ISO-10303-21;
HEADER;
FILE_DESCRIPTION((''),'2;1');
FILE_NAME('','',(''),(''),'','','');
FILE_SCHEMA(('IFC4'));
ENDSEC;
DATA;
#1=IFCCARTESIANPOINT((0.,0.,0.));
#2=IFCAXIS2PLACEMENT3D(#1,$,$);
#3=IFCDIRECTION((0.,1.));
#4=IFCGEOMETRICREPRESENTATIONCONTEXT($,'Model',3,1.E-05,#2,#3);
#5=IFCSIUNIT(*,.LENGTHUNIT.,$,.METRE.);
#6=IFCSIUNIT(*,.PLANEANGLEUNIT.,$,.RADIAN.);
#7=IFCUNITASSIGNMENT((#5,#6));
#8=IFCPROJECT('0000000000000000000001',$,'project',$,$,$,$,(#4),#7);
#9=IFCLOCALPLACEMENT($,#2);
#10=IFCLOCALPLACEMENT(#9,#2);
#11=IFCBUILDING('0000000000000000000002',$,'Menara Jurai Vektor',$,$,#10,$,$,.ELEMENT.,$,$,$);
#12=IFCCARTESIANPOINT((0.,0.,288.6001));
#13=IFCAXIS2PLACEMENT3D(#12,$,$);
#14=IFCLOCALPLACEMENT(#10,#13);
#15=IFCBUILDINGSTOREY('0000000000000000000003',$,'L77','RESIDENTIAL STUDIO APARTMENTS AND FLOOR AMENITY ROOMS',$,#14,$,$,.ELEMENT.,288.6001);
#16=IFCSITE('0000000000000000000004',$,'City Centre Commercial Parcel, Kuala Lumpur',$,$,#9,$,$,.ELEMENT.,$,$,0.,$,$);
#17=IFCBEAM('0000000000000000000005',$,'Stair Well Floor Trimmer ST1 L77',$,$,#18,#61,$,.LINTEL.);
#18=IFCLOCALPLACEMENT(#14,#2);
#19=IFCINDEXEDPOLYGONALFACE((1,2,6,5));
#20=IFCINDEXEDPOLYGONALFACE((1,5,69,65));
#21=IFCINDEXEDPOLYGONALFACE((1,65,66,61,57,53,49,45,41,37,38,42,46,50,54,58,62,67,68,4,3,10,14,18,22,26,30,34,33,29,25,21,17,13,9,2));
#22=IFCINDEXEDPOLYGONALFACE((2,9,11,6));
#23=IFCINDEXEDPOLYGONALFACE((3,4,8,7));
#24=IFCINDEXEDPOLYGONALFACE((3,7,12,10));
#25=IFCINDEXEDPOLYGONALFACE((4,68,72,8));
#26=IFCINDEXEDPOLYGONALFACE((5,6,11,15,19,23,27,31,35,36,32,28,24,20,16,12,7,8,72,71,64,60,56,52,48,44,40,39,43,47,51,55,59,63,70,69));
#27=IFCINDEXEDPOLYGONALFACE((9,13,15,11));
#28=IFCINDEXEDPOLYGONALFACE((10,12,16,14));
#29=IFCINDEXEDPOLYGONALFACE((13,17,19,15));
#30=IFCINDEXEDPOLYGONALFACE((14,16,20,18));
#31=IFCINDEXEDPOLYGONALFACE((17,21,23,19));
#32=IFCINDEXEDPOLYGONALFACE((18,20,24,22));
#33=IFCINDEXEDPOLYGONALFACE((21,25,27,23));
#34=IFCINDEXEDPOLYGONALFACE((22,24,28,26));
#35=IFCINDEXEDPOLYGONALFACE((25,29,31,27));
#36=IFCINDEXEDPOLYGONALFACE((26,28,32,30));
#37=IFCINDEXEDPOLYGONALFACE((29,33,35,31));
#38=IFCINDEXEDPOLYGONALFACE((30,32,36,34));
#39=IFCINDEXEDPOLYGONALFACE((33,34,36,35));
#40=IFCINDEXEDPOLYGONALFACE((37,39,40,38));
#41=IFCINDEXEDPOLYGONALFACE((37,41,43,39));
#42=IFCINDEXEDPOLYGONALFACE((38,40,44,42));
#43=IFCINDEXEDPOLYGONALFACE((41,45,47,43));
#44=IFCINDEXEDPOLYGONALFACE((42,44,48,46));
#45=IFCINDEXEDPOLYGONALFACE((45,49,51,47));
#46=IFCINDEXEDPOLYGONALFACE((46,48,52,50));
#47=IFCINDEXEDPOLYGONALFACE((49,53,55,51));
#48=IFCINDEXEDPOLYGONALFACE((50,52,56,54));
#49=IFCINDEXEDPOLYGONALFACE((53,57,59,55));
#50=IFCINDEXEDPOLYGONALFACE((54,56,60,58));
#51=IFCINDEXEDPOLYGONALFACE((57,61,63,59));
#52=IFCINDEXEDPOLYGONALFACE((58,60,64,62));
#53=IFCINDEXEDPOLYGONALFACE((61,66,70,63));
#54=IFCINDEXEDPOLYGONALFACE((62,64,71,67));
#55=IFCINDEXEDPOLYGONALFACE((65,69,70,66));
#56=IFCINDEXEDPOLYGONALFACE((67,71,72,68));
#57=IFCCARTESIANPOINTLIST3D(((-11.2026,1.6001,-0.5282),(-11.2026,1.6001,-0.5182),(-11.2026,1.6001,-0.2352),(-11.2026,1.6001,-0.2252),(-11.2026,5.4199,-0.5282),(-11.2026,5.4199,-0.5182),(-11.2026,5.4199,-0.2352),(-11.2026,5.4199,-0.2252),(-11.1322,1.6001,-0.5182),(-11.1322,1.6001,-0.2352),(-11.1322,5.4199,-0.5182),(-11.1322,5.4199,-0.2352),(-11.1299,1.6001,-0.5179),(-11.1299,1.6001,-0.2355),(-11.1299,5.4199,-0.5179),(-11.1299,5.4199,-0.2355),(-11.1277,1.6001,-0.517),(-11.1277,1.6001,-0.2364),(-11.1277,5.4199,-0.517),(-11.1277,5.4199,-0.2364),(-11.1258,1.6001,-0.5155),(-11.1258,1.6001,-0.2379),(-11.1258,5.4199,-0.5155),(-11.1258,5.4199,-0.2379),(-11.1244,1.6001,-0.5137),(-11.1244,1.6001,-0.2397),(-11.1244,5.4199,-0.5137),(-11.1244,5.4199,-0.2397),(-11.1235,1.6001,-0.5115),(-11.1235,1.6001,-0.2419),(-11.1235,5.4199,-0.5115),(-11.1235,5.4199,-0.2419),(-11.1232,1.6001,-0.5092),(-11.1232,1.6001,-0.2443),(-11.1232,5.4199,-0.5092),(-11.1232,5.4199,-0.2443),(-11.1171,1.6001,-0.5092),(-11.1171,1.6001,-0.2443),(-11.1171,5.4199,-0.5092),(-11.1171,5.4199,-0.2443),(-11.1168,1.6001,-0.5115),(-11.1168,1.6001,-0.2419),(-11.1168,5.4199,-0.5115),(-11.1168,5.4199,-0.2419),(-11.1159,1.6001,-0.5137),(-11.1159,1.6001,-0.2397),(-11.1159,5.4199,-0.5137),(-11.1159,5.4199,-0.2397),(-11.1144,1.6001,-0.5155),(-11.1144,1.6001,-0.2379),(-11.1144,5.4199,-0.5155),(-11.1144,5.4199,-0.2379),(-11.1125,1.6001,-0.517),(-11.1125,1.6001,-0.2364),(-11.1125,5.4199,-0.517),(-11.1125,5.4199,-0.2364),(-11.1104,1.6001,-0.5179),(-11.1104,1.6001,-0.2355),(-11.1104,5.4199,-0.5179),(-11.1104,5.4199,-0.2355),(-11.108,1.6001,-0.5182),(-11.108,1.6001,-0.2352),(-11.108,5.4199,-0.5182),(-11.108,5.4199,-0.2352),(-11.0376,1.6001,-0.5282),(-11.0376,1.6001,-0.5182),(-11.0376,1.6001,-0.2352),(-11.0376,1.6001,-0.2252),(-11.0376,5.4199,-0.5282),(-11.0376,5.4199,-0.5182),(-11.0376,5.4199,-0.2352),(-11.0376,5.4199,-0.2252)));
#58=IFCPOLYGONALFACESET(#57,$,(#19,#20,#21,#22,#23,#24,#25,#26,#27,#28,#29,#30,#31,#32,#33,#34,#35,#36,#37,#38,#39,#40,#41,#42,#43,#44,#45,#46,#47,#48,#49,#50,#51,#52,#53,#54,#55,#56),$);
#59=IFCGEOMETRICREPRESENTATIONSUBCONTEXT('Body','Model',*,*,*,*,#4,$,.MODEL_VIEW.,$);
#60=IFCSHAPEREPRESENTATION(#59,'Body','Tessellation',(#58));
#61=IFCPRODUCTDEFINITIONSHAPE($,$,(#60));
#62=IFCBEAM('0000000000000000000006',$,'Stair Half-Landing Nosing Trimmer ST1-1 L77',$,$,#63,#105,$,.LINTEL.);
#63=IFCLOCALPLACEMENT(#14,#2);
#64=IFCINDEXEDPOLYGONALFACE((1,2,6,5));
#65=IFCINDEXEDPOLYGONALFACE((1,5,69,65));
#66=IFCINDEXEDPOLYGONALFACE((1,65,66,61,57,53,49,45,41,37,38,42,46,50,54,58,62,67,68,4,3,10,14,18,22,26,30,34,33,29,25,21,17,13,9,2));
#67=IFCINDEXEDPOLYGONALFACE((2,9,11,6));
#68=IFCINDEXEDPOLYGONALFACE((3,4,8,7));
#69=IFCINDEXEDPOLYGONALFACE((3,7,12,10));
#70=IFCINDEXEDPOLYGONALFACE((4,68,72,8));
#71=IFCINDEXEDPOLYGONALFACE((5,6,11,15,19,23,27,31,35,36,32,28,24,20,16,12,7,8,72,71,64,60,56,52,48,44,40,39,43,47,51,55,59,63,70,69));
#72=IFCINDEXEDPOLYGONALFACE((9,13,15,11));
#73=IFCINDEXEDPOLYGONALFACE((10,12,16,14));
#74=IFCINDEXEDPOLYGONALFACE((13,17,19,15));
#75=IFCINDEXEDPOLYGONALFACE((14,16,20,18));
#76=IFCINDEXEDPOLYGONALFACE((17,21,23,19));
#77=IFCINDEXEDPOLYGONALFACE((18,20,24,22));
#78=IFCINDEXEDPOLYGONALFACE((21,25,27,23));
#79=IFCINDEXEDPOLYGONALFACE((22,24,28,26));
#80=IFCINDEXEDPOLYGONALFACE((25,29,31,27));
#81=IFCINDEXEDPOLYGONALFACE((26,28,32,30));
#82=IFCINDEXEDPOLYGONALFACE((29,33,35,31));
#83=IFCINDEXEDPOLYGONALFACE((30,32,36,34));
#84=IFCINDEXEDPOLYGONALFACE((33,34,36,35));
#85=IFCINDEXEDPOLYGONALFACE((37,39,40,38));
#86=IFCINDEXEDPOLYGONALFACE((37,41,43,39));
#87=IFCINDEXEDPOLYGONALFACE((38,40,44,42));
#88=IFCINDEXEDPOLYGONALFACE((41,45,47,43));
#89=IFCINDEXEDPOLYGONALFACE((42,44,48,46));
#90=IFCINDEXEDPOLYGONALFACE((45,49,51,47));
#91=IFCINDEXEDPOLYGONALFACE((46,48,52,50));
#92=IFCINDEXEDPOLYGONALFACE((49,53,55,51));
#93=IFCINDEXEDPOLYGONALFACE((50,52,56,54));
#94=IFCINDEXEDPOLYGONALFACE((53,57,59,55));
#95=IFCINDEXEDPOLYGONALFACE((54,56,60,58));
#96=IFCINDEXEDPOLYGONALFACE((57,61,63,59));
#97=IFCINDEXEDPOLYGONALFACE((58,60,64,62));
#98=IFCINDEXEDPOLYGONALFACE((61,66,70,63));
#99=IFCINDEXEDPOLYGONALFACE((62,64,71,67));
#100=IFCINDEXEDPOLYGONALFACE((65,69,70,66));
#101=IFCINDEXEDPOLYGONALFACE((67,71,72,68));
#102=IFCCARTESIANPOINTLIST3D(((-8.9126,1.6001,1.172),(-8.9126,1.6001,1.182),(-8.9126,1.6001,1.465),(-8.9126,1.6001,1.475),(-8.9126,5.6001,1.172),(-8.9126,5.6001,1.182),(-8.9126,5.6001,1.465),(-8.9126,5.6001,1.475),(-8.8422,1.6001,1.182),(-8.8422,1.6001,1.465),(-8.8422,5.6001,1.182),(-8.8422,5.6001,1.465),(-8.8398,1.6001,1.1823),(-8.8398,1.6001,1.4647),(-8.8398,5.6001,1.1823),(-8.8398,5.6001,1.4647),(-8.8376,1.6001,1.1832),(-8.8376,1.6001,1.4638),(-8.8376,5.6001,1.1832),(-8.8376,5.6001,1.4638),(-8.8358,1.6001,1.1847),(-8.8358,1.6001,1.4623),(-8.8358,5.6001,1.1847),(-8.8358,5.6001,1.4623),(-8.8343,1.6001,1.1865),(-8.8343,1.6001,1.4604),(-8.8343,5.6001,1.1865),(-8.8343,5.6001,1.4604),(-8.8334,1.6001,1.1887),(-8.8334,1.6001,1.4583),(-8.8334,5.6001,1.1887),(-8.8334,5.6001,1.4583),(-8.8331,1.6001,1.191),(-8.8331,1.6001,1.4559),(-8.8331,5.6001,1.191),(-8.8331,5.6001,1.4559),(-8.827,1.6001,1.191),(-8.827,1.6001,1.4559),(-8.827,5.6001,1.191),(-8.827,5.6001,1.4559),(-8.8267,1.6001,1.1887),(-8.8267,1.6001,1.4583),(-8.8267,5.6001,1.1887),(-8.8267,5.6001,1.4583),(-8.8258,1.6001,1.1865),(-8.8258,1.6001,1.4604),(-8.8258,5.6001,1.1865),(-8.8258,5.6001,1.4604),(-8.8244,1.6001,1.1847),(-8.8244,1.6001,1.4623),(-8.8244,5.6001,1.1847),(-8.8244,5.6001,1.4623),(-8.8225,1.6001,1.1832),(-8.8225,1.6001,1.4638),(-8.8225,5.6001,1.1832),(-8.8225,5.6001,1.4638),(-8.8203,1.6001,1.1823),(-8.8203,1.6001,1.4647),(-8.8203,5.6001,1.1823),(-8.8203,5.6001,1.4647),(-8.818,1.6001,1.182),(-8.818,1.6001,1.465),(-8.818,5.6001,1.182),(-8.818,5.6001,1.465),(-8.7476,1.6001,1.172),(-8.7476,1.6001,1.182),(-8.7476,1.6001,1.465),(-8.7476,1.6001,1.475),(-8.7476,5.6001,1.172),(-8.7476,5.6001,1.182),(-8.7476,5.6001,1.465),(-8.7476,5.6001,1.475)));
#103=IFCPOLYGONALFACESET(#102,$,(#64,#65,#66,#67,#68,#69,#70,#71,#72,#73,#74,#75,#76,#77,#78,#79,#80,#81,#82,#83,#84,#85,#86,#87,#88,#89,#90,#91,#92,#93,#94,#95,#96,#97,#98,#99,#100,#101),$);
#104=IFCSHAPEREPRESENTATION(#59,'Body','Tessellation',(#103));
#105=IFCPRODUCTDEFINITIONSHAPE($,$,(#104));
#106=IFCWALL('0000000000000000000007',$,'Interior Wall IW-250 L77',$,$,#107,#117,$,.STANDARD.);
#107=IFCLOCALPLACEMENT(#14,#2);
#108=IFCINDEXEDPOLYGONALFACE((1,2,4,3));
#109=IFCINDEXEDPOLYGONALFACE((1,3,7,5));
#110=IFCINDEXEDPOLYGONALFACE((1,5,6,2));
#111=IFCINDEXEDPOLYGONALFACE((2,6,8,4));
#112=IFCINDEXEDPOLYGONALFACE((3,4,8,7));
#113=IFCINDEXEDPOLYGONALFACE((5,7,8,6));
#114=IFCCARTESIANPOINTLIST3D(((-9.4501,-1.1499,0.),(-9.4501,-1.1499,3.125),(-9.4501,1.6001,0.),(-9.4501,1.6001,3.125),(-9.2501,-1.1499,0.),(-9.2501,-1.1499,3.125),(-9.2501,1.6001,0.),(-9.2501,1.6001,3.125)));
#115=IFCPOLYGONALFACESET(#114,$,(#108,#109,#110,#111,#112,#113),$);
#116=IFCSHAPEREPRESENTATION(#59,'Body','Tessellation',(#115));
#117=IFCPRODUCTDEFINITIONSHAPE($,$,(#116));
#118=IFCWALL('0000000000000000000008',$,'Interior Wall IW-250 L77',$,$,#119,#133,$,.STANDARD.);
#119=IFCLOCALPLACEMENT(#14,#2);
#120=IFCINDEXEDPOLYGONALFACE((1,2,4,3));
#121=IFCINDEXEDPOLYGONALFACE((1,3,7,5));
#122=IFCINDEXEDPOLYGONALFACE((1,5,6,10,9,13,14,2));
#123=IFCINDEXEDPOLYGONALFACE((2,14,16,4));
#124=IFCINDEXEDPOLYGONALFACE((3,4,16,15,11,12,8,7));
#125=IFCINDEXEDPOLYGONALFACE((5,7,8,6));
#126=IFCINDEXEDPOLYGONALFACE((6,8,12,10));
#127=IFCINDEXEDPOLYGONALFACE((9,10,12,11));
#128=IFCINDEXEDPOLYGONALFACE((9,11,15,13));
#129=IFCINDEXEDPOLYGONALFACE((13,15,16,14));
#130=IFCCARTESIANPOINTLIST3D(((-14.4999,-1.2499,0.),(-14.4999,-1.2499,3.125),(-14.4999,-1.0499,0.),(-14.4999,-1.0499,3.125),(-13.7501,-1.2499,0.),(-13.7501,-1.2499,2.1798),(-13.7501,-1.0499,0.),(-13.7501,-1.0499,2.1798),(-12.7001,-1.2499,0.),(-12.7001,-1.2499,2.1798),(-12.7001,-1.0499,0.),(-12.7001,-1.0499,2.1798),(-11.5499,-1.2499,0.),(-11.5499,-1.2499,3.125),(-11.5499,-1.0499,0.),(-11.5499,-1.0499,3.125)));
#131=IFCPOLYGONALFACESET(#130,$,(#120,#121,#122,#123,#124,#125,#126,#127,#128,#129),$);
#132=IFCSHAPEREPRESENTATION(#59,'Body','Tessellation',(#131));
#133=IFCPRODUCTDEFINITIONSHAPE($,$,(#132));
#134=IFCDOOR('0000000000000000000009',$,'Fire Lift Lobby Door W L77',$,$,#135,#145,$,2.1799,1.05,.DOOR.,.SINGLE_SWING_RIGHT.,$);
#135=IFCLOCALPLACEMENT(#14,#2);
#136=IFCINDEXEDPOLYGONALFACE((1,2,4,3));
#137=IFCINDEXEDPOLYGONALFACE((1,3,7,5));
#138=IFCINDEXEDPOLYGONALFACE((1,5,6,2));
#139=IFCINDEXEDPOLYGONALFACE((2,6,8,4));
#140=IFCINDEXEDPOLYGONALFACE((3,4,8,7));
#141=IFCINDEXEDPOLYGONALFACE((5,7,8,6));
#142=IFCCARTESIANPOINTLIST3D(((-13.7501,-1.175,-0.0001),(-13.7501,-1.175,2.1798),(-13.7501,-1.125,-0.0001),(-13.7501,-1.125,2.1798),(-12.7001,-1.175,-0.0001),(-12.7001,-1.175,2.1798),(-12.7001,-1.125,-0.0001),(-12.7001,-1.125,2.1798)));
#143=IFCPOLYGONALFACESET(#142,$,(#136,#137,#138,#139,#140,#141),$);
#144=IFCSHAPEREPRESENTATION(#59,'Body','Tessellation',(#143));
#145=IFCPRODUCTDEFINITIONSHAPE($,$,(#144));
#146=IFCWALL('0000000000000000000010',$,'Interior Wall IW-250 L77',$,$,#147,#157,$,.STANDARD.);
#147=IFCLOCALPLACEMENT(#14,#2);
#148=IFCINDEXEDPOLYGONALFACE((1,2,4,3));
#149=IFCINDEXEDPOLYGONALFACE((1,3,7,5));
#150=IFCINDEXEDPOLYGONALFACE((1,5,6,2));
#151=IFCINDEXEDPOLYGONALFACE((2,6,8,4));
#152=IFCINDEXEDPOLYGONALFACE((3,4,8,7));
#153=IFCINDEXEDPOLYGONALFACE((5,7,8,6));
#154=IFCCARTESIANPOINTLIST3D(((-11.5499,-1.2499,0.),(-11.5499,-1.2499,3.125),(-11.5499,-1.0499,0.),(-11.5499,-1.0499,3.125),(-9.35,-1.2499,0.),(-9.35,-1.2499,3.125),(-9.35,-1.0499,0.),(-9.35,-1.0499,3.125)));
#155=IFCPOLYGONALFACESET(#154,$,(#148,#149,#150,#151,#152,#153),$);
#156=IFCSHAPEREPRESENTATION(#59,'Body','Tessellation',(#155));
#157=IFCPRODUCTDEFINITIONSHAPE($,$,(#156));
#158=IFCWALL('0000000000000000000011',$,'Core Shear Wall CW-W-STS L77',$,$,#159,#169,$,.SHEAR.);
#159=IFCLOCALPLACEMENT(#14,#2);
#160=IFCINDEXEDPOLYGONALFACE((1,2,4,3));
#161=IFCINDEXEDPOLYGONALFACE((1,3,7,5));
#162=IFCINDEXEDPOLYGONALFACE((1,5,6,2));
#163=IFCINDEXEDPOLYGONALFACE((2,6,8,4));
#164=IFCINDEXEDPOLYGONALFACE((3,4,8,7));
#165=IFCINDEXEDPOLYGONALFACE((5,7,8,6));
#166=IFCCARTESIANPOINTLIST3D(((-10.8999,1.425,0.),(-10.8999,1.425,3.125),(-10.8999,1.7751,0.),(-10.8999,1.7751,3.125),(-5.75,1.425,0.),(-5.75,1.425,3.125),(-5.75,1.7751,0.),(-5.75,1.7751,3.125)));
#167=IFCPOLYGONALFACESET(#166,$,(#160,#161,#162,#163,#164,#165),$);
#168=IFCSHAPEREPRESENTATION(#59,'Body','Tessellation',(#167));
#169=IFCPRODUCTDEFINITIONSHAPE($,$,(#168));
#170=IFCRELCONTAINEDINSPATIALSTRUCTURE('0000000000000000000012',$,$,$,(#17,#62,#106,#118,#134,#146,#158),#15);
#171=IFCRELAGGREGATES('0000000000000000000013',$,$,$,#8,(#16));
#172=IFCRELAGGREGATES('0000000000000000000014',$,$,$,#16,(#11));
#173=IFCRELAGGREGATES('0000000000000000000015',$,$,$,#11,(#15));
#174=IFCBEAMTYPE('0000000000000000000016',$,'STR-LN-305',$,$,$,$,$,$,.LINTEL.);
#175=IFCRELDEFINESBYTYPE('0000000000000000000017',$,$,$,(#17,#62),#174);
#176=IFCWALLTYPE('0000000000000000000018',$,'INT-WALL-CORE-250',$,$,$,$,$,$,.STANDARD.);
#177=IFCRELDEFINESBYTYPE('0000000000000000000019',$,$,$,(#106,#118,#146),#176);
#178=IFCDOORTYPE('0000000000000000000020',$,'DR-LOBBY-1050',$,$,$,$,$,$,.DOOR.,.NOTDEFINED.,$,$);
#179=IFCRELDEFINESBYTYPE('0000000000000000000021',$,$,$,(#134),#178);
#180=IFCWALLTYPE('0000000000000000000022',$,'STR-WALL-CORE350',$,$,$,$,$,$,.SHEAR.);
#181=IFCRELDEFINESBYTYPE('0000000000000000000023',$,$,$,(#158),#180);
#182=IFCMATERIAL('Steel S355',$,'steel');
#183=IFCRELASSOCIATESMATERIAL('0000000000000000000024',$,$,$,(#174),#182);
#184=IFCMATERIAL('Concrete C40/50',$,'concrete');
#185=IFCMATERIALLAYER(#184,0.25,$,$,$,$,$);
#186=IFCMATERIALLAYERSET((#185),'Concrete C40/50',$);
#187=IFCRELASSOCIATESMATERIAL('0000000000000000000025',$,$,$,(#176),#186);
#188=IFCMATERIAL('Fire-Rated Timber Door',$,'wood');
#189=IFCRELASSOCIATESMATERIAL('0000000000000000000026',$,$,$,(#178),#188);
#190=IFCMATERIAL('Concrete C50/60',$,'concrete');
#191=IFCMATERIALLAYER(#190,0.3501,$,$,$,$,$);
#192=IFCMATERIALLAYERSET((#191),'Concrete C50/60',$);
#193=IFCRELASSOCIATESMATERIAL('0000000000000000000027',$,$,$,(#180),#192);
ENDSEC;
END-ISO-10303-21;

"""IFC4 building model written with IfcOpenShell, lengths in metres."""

from ifc_helpers import new_model, si_unit, direction, frame, frame_2d, origin, origin_2d, place, context, subcontext, project, spatial, rectangle, i_section, extrude, material, layer, layer_set, material_profile, profile_set, type_object, element, fill, save


model = new_model("IFC4")

# Units and contexts
model_context = context("Model", 3, precision=1e-05, world=origin(), true_north=direction((0.0, 1.0)))
body_context = subcontext(model_context, "Body", "Model", "MODEL_VIEW")
ifc_project = project(units=[si_unit("LENGTHUNIT", "METRE"), si_unit("PLANEANGLEUNIT", "RADIAN")], contexts=[model_context])

# Site, building, storey
site_placement = place(None, origin())
site = spatial("IfcSite", under=ifc_project, at=site_placement, Name="City Centre Commercial Parcel, Kuala Lumpur", CompositionType="ELEMENT", RefElevation=0.0)
building_placement = place(site_placement, origin())
building = spatial("IfcBuilding", under=site, at=building_placement, Name="Menara Jurai Vektor", CompositionType="ELEMENT")
storey_placement = place(building_placement, frame((0.0, 0.0, 288.6001)))
storey = spatial("IfcBuildingStorey", under=building, at=storey_placement, Name="L77", Description="RESIDENTIAL STUDIO APARTMENTS AND FLOOR AMENITY ROOMS", CompositionType="ELEMENT", Elevation=288.6001)

# Beams
ifc_material_1 = material(Name="Steel S355", Category="steel")
ifc_material_profile = material_profile(ifc_material_1, i_section(OverallWidth=0.165, OverallDepth=0.303, WebThickness=0.0061, FlangeThickness=0.01, FilletRadius=0.009, at=origin_2d()), Name="UKB 305x165x40")
ifc_profile_set = profile_set([ifc_material_profile], Name="Steel S355")
beam_type = type_object("IfcBeamType", Name="STR-LN-305", PredefinedType="LINTEL", material=ifc_profile_set)
beam_1_placement = place(storey_placement, frame((-11.1201, 1.6001, -0.3767), z_axis=(0.0, 1.0, 0.0), x_axis=(-1.0, 0.0, 0.0)))
element("IfcBeam", 1, at=beam_1_placement, inside=storey, type_object=beam_type, Name="Stair Well Floor Trimmer ST1 L77", PredefinedType="LINTEL", context=body_context, shape_type="SweptSolid", body=[
    extrude(i_section(OverallWidth=0.165, OverallDepth=0.303, WebThickness=0.0061, FlangeThickness=0.01, FilletRadius=0.009, at=origin_2d()), origin(), (0.0, 0.0, 1.0), 3.8198),
])
beam_2_placement = place(storey_placement, frame((-8.8301, 1.6001, 1.3235), z_axis=(0.0, 1.0, 0.0), x_axis=(-1.0, 0.0, 0.0)))
element("IfcBeam", 2, at=beam_2_placement, inside=storey, type_object=beam_type, Name="Stair Half-Landing Nosing Trimmer ST1-1 L77", PredefinedType="LINTEL", context=body_context, shape_type="SweptSolid", body=[
    extrude(i_section(OverallWidth=0.165, OverallDepth=0.303, WebThickness=0.0061, FlangeThickness=0.01, FilletRadius=0.009, at=origin_2d()), origin(), (0.0, 0.0, 1.0), 4.0),
])

# Shared definitions
ifc_material_2 = material(Name="Concrete C40/50", Category="concrete")
ifc_layer_1 = layer(ifc_material_2, 0.25)
ifc_layer_set_1 = layer_set([ifc_layer_1], Name="Concrete C40/50")
wall_type_1 = type_object("IfcWallType", Name="INT-WALL-CORE-250", PredefinedType="STANDARD", material=ifc_layer_set_1)

# Wall
wall_1_placement = place(storey_placement, frame((-9.3501, -1.1499, 0.0), z_axis=(0.0, 0.0, 1.0), x_axis=(0.0, 1.0, 0.0)))
element("IfcWall", 3, at=wall_1_placement, inside=storey, type_object=wall_type_1, Name="Interior Wall IW-250 L77", PredefinedType="STANDARD", context=body_context, shape_type="SweptSolid", body=[
    extrude(rectangle(XDim=2.75, YDim=0.2, at=frame_2d((1.375, 0.0))), origin(), (0.0, 0.0, 1.0), 3.125),
])

# Wall, opening, door
wall_2_placement = place(storey_placement, frame((-14.5, -1.1499, 0.0), z_axis=(0.0, 0.0, 1.0), x_axis=(1.0, 0.0, 0.0)))
wall_2 = element("IfcWall", 4, at=wall_2_placement, inside=storey, type_object=wall_type_1, Name="Interior Wall IW-250 L77", PredefinedType="STANDARD", context=body_context, shape_type="SweptSolid", body=[
    extrude(rectangle(XDim=2.95, YDim=0.2, at=frame_2d((1.4751, 0.0))), origin(), (0.0, 0.0, 1.0), 3.125),
])
opening_1_placement = place(wall_2_placement, frame((0.75, 0.0, 0.0)))
opening_1 = element("IfcOpeningElement", 5, at=opening_1_placement, cuts=wall_2, PredefinedType="OPENING", context=body_context, shape_type="SweptSolid", body=[
    extrude(rectangle(XDim=1.05, YDim=2.1799, at=frame_2d((0.5249, 1.0898))), frame((0.0, 0.1099, 0.0), z_axis=(0.0, -1.0, 0.0), x_axis=(1.0, 0.0, 0.0)), (0.0, 0.0, 1.0), 0.22),
])
ifc_material_3 = material(Name="Fire-Rated Timber Door", Category="wood")
door_type_1 = type_object("IfcDoorType", Name="DR-LOBBY-1050", OperationType="NOTDEFINED", PredefinedType="DOOR", material=ifc_material_3)
door_1_placement = place(opening_1_placement, origin())
door_1 = element("IfcDoor", 6, at=door_1_placement, inside=storey, type_object=door_type_1, Name="Fire Lift Lobby Door W L77", OperationType="SINGLE_SWING_RIGHT", OverallHeight=2.1799, OverallWidth=1.05, PredefinedType="DOOR", context=body_context, shape_type="SweptSolid", body=[
    extrude(rectangle(XDim=1.05, YDim=2.1799, at=frame_2d((0.5249, 1.0898))), frame((0.0, 0.0249, 0.0), z_axis=(0.0, -1.0, 0.0), x_axis=(1.0, 0.0, 0.0)), (0.0, 0.0, 1.0), 0.05),
])
fill(opening_1, door_1)

# Wall
wall_3_placement = place(storey_placement, frame((-11.55, -1.1499, 0.0), z_axis=(0.0, 0.0, 1.0), x_axis=(1.0, 0.0, 0.0)))
element("IfcWall", 7, at=wall_3_placement, inside=storey, type_object=wall_type_1, Name="Interior Wall IW-250 L77", PredefinedType="STANDARD", context=body_context, shape_type="SweptSolid", body=[
    extrude(rectangle(XDim=2.2, YDim=0.2, at=frame_2d((1.1001, 0.0))), origin(), (0.0, 0.0, 1.0), 3.125),
])

# Wall
ifc_material_4 = material(Name="Concrete C50/60", Category="concrete")
ifc_layer_2 = layer(ifc_material_4, 0.3501)
ifc_layer_set_2 = layer_set([ifc_layer_2], Name="Concrete C50/60")
wall_type_2 = type_object("IfcWallType", Name="STR-WALL-CORE350", PredefinedType="SHEAR", material=ifc_layer_set_2)
wall_4_placement = place(storey_placement, frame((-10.8999, 1.6001, 0.0), z_axis=(0.0, 0.0, 1.0), x_axis=(1.0, 0.0, 0.0)))
element("IfcWall", 8, at=wall_4_placement, inside=storey, type_object=wall_type_2, Name="Core Shear Wall CW-W-STS L77", PredefinedType="SHEAR", context=body_context, shape_type="SweptSolid", body=[
    extrude(rectangle(XDim=5.1499, YDim=0.3501, at=frame_2d((2.575, 0.0))), origin(), (0.0, 0.0, 1.0), 3.125),
])

save(model, "model.ifc")
